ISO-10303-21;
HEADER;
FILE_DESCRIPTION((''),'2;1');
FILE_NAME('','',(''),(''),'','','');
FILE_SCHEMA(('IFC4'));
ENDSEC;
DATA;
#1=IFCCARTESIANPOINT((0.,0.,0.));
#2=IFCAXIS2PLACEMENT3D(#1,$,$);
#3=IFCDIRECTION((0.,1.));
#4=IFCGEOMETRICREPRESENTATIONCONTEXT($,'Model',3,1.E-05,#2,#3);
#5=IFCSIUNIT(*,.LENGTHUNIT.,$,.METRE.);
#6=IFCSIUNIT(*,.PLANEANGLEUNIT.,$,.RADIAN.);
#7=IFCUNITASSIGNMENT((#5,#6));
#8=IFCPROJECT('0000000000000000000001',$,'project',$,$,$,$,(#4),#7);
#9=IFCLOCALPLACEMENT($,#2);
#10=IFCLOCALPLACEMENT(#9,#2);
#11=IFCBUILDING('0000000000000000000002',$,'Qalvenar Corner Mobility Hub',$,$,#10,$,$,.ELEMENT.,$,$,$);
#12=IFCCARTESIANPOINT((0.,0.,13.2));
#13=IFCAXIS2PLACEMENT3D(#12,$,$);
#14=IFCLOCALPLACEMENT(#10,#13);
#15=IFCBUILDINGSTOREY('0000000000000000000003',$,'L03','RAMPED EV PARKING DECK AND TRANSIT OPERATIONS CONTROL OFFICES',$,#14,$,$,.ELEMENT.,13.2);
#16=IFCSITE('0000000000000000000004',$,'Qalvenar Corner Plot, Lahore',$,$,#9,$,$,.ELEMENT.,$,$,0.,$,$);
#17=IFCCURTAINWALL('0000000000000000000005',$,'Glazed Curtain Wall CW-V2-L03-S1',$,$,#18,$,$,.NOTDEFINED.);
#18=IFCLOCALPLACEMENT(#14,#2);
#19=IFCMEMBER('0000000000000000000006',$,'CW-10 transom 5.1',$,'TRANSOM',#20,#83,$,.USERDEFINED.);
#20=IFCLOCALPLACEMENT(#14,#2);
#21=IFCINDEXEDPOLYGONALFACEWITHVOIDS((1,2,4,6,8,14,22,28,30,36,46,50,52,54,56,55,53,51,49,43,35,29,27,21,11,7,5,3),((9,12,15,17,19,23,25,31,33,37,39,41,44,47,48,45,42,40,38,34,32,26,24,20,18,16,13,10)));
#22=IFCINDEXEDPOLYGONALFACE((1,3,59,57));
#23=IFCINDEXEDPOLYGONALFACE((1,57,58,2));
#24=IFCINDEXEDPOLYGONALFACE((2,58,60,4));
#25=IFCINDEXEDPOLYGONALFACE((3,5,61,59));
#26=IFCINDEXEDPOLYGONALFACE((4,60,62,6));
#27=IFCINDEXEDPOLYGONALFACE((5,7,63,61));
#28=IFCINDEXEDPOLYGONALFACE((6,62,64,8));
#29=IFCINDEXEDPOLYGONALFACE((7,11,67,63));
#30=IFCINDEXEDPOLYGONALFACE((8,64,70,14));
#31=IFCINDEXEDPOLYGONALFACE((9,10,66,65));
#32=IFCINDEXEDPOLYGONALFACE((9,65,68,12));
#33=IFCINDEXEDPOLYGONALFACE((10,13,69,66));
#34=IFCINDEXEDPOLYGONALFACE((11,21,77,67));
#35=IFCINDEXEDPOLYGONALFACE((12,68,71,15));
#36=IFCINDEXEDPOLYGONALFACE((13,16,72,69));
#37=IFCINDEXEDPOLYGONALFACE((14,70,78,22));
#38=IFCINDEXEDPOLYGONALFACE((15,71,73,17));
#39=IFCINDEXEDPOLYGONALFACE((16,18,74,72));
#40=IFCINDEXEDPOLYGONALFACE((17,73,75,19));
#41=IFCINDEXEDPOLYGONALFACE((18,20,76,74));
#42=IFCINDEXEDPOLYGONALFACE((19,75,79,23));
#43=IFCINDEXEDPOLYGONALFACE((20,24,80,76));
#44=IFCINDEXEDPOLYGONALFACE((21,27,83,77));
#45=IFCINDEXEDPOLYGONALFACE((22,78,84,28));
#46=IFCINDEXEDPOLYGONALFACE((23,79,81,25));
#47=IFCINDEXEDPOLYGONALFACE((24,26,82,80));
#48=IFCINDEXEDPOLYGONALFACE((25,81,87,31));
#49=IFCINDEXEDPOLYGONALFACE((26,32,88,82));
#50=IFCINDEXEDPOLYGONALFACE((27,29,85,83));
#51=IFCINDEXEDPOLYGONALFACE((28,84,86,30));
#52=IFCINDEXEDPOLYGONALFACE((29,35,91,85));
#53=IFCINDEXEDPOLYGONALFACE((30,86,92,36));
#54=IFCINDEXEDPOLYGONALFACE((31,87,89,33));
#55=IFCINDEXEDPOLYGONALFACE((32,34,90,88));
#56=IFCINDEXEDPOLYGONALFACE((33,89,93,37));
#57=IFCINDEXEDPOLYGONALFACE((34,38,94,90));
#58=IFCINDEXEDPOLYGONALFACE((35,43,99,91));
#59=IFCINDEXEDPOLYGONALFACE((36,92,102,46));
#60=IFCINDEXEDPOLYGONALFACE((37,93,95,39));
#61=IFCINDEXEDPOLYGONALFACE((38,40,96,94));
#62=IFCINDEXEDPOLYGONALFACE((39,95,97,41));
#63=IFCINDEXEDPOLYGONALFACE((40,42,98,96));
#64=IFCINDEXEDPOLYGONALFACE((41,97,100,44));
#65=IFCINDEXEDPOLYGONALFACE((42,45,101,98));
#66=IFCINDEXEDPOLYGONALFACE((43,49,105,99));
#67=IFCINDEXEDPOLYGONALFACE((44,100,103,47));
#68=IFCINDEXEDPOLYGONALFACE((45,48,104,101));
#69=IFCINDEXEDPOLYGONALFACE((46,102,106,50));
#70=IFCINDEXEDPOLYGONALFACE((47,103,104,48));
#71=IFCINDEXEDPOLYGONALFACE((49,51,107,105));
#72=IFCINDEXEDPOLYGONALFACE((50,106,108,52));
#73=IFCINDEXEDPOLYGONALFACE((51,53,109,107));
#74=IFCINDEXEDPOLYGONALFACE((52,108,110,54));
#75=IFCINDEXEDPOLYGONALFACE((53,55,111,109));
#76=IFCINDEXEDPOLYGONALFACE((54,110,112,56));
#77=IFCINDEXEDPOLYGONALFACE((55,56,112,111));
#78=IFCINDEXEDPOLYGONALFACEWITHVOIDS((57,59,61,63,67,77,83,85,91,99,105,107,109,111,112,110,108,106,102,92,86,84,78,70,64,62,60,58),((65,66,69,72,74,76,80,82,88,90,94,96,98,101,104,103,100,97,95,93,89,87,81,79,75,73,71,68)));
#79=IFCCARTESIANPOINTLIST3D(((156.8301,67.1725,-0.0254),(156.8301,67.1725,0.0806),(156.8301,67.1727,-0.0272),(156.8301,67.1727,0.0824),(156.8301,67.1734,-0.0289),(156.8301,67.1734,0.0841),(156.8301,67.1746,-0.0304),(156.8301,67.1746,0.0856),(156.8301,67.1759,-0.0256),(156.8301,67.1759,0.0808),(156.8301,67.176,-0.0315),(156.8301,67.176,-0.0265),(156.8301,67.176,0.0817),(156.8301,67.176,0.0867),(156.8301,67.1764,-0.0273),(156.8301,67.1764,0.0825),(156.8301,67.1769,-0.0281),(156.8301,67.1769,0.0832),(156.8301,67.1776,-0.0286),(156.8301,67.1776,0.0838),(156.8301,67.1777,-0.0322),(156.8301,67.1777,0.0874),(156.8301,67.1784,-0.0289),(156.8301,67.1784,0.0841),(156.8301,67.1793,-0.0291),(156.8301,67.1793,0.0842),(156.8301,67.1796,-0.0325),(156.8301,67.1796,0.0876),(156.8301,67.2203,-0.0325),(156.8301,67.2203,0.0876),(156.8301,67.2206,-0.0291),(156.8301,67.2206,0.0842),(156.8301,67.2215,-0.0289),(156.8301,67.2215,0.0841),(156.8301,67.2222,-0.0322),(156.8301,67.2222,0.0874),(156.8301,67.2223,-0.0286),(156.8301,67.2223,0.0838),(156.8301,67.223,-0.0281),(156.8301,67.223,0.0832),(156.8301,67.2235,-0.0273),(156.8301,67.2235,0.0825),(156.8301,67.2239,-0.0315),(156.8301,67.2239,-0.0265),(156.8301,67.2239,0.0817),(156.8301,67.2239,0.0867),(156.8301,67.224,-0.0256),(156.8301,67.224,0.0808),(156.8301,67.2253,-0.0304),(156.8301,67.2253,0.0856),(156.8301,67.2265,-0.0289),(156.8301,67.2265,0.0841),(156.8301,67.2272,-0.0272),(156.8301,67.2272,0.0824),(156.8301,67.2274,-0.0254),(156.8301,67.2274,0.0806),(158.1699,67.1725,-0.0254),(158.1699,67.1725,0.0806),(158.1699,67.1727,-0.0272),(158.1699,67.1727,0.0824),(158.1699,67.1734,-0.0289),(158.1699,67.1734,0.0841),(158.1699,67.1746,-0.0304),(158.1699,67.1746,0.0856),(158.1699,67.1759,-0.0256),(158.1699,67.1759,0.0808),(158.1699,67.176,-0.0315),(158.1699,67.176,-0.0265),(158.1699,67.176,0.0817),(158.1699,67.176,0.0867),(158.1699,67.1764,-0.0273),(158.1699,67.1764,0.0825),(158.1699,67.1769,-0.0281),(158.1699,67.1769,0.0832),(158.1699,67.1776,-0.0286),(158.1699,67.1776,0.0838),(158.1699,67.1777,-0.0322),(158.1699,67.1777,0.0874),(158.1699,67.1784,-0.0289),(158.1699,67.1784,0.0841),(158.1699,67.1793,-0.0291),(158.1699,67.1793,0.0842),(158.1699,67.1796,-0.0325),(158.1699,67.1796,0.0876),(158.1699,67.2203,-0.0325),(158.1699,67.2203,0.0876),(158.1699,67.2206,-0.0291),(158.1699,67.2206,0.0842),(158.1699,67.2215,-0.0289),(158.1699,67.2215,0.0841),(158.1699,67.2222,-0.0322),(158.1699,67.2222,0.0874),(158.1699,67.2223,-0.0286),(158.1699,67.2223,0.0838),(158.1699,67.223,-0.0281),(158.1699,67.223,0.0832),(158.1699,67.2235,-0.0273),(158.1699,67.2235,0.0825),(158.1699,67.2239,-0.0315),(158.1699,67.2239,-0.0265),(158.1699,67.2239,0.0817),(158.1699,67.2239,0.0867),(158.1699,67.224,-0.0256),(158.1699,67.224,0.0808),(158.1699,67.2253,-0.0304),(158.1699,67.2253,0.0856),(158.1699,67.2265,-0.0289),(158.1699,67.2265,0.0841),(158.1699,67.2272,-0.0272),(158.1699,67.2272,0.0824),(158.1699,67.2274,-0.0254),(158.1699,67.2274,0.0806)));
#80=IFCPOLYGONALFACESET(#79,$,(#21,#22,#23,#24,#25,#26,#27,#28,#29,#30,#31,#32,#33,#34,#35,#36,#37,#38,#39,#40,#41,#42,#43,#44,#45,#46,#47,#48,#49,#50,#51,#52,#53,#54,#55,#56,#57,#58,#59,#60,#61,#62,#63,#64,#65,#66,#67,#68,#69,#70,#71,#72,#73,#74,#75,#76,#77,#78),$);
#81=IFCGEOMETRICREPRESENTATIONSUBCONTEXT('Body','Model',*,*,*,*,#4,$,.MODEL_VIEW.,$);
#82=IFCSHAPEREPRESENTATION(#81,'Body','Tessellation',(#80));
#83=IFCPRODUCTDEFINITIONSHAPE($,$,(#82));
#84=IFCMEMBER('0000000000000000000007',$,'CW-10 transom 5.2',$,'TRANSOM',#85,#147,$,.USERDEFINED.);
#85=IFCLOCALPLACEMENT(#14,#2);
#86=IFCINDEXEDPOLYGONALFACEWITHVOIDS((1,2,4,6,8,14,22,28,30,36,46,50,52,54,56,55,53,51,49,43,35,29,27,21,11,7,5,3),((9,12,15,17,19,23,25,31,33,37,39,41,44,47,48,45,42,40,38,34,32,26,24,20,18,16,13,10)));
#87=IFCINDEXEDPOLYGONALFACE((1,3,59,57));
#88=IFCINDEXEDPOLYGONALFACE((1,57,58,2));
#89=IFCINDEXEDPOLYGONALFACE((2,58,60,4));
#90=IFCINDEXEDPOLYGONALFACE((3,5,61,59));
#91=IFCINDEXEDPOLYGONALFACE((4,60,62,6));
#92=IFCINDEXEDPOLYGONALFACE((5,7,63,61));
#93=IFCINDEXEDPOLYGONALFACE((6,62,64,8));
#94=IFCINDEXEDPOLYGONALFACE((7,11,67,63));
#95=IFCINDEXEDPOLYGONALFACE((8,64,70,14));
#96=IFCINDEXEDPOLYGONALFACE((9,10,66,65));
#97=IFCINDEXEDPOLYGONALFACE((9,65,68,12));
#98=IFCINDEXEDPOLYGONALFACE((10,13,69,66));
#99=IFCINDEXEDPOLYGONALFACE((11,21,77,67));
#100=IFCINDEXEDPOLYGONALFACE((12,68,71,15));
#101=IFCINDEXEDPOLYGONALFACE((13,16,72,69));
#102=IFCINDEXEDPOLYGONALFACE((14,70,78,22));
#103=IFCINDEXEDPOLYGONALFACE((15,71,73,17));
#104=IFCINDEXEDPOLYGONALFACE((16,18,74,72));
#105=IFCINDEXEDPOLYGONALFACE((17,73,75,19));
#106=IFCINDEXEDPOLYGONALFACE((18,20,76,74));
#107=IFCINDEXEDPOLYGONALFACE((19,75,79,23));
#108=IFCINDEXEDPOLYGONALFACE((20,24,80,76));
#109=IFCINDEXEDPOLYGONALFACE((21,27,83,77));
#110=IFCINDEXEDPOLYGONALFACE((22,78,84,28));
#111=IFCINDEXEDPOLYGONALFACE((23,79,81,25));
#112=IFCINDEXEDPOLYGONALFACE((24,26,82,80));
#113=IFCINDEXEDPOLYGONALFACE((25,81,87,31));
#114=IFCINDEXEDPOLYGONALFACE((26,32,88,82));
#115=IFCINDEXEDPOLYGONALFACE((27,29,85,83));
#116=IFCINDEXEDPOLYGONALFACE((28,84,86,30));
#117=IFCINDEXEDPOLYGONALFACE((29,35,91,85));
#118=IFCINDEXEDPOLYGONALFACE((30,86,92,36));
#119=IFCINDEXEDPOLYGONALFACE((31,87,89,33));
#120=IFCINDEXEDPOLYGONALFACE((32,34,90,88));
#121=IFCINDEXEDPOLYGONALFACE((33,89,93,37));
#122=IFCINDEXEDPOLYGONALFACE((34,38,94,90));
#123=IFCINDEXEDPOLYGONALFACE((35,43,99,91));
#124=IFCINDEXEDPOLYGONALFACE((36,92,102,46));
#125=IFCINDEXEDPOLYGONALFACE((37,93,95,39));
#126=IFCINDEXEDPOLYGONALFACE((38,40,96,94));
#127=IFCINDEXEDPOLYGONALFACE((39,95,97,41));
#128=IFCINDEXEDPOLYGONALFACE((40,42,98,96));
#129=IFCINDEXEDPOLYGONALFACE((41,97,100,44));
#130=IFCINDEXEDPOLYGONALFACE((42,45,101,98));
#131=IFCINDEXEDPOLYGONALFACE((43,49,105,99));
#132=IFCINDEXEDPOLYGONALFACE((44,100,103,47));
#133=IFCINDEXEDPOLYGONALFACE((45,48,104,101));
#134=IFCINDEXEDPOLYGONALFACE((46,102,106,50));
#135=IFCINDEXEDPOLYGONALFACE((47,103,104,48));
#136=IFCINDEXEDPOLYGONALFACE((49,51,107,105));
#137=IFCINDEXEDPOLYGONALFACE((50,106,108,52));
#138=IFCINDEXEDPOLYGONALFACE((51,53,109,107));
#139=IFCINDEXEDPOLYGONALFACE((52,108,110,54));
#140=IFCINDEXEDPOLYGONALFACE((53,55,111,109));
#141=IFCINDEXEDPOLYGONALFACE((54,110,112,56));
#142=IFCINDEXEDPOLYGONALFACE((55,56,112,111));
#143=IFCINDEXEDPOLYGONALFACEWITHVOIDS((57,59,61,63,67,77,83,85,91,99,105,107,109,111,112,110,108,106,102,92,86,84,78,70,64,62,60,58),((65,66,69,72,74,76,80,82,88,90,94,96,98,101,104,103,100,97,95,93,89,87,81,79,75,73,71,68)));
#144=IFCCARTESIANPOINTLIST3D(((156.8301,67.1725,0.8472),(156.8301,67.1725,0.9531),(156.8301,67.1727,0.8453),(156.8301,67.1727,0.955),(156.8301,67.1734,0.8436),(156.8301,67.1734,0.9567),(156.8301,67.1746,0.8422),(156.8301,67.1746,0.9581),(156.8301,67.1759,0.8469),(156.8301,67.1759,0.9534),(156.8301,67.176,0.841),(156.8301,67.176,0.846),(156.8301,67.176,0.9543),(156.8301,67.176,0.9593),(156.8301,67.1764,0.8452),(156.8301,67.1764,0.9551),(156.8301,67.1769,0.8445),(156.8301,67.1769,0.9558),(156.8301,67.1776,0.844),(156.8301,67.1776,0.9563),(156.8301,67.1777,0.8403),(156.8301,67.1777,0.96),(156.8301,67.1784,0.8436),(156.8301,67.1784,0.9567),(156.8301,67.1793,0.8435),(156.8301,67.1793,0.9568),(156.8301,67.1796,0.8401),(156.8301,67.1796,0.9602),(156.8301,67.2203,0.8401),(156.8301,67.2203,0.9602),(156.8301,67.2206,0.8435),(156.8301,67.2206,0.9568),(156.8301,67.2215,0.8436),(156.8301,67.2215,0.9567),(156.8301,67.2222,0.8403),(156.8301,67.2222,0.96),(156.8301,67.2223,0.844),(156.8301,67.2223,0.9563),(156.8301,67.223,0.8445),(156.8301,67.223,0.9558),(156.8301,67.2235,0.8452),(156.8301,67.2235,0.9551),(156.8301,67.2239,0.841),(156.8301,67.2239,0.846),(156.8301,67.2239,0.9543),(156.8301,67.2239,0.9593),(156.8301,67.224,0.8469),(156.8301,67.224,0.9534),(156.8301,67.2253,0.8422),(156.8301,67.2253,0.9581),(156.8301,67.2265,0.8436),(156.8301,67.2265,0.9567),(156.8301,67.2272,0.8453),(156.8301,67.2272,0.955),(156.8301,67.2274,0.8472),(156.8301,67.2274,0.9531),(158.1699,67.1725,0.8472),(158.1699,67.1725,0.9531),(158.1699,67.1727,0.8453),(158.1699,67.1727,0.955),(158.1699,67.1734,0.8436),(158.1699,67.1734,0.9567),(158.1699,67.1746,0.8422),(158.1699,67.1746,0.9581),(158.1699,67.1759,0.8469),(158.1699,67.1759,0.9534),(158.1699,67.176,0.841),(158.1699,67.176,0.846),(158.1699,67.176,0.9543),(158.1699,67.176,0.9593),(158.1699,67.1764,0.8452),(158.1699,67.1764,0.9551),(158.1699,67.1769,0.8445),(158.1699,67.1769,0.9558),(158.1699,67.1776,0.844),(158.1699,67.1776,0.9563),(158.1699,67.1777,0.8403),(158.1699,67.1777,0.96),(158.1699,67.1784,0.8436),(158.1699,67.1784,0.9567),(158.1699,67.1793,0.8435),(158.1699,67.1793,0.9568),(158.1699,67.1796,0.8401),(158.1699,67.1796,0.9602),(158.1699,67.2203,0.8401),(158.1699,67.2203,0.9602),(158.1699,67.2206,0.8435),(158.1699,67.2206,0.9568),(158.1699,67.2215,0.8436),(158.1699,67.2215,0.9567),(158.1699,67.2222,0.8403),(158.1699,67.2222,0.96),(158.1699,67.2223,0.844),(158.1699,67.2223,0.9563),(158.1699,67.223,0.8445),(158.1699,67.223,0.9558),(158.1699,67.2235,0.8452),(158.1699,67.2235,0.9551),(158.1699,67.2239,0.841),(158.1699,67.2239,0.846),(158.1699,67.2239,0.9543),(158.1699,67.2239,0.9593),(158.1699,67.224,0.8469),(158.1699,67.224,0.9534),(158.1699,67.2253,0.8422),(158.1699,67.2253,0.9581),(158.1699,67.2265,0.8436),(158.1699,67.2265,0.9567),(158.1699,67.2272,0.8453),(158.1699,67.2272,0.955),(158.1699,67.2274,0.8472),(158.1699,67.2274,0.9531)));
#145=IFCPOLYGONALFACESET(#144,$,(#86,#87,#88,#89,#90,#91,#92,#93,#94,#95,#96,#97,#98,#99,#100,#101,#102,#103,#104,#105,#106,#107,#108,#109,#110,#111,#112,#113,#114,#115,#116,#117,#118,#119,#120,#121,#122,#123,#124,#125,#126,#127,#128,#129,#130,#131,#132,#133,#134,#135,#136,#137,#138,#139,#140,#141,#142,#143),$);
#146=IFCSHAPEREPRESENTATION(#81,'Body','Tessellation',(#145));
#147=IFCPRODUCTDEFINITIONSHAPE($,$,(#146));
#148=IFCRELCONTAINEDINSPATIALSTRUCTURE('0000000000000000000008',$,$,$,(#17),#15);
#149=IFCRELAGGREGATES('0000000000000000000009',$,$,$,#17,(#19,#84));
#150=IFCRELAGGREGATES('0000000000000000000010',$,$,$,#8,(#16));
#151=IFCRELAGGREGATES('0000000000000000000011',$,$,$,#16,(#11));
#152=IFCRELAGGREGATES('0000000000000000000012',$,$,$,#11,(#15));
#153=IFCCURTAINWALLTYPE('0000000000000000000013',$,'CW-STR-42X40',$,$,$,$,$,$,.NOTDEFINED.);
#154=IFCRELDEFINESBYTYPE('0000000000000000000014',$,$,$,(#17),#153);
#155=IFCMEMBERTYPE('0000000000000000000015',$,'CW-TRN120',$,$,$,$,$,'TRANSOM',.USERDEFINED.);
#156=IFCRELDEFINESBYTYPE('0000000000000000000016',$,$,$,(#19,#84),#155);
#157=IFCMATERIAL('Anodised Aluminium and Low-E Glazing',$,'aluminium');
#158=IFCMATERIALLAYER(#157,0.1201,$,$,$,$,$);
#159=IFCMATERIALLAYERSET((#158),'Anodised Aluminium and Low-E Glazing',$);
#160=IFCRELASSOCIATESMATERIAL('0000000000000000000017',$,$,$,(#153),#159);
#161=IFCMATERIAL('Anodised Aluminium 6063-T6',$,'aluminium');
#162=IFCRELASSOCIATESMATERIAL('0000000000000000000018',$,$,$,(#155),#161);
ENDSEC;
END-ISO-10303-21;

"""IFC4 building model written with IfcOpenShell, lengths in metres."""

from ifc_helpers import new_model, si_unit, direction, frame, origin, origin_2d, place, context, subcontext, project, spatial, hollow_rectangle, extrude, material, layer, layer_set, material_profile, profile_set, type_object, element, aggregate, save


model = new_model("IFC4")

# Units and contexts
model_context = context("Model", 3, precision=1e-05, world=origin(), true_north=direction((0.0, 1.0)))
body_context = subcontext(model_context, "Body", "Model", "MODEL_VIEW")
ifc_project = project(units=[si_unit("LENGTHUNIT", "METRE"), si_unit("PLANEANGLEUNIT", "RADIAN")], contexts=[model_context])

# Site, building, storey
site_placement = place(None, origin())
site = spatial("IfcSite", under=ifc_project, at=site_placement, Name="Qalvenar Corner Plot, Lahore", CompositionType="ELEMENT", RefElevation=0.0)
building_placement = place(site_placement, origin())
building = spatial("IfcBuilding", under=site, at=building_placement, Name="Qalvenar Corner Mobility Hub", CompositionType="ELEMENT")
storey_placement = place(building_placement, frame((0.0, 0.0, 13.2)))
storey = spatial("IfcBuildingStorey", under=building, at=storey_placement, Name="L03", Description="RAMPED EV PARKING DECK AND TRANSIT OPERATIONS CONTROL OFFICES", CompositionType="ELEMENT", Elevation=13.2)

# Curtain wall, members
ifc_material_1 = material(Name="Anodised Aluminium and Low-E Glazing", Category="aluminium")
ifc_layer_1 = layer(ifc_material_1, 0.1201)
ifc_layer_set_1 = layer_set([ifc_layer_1], Name="Anodised Aluminium and Low-E Glazing")
curtain_wall_type = type_object("IfcCurtainWallType", Name="CW-STR-42X40", PredefinedType="NOTDEFINED", material=ifc_layer_set_1)
curtain_wall_placement = place(storey_placement, origin())
curtain_wall = element("IfcCurtainWall", 1, at=curtain_wall_placement, inside=storey, type_object=curtain_wall_type, Name="Glazed Curtain Wall CW-V2-L03-S1", PredefinedType="NOTDEFINED")
ifc_material_2 = material(Name="Anodised Aluminium 6063-T6", Category="aluminium")
ifc_material_profile_1 = material_profile(ifc_material_2, hollow_rectangle(XDim=0.0549, YDim=0.1201, WallThickness=0.0034, InnerFilletRadius=0.0034, OuterFilletRadius=0.0071, at=origin_2d()), Name="RHS120x55x3.5")
ifc_profile_set_1 = profile_set([ifc_material_profile_1], Name="Anodised Aluminium 6063-T6")
member_type_1 = type_object("IfcMemberType", Name="CW-TRN120", ElementType="TRANSOM", PredefinedType="USERDEFINED", material=ifc_profile_set_1)
member_1_placement = place(storey_placement, frame((156.8301, 67.2, 0.0276), z_axis=(1.0, 0.0, 0.0), x_axis=(0.0, 1.0, 0.0)))
member_1 = element("IfcMember", 2, at=member_1_placement, type_object=member_type_1, Name="CW-10 transom 5.1", ObjectType="TRANSOM", PredefinedType="USERDEFINED", context=body_context, shape_type="SweptSolid", body=[
    extrude(hollow_rectangle(XDim=0.0549, YDim=0.1201, WallThickness=0.0034, InnerFilletRadius=0.0034, OuterFilletRadius=0.0071, at=origin_2d()), origin(), (0.0, 0.0, 1.0), 1.3398),
])
member_2_placement = place(storey_placement, frame((156.8301, 67.2, 0.9001), z_axis=(1.0, 0.0, 0.0), x_axis=(0.0, 1.0, 0.0)))
member_2 = element("IfcMember", 3, at=member_2_placement, type_object=member_type_1, Name="CW-10 transom 5.2", ObjectType="TRANSOM", PredefinedType="USERDEFINED", context=body_context, shape_type="SweptSolid", body=[
    extrude(hollow_rectangle(XDim=0.0549, YDim=0.1201, WallThickness=0.0034, InnerFilletRadius=0.0034, OuterFilletRadius=0.0071, at=origin_2d()), origin(), (0.0, 0.0, 1.0), 1.3398),
])
aggregate(curtain_wall, [member_1, member_2])

save(model, "model.ifc")
